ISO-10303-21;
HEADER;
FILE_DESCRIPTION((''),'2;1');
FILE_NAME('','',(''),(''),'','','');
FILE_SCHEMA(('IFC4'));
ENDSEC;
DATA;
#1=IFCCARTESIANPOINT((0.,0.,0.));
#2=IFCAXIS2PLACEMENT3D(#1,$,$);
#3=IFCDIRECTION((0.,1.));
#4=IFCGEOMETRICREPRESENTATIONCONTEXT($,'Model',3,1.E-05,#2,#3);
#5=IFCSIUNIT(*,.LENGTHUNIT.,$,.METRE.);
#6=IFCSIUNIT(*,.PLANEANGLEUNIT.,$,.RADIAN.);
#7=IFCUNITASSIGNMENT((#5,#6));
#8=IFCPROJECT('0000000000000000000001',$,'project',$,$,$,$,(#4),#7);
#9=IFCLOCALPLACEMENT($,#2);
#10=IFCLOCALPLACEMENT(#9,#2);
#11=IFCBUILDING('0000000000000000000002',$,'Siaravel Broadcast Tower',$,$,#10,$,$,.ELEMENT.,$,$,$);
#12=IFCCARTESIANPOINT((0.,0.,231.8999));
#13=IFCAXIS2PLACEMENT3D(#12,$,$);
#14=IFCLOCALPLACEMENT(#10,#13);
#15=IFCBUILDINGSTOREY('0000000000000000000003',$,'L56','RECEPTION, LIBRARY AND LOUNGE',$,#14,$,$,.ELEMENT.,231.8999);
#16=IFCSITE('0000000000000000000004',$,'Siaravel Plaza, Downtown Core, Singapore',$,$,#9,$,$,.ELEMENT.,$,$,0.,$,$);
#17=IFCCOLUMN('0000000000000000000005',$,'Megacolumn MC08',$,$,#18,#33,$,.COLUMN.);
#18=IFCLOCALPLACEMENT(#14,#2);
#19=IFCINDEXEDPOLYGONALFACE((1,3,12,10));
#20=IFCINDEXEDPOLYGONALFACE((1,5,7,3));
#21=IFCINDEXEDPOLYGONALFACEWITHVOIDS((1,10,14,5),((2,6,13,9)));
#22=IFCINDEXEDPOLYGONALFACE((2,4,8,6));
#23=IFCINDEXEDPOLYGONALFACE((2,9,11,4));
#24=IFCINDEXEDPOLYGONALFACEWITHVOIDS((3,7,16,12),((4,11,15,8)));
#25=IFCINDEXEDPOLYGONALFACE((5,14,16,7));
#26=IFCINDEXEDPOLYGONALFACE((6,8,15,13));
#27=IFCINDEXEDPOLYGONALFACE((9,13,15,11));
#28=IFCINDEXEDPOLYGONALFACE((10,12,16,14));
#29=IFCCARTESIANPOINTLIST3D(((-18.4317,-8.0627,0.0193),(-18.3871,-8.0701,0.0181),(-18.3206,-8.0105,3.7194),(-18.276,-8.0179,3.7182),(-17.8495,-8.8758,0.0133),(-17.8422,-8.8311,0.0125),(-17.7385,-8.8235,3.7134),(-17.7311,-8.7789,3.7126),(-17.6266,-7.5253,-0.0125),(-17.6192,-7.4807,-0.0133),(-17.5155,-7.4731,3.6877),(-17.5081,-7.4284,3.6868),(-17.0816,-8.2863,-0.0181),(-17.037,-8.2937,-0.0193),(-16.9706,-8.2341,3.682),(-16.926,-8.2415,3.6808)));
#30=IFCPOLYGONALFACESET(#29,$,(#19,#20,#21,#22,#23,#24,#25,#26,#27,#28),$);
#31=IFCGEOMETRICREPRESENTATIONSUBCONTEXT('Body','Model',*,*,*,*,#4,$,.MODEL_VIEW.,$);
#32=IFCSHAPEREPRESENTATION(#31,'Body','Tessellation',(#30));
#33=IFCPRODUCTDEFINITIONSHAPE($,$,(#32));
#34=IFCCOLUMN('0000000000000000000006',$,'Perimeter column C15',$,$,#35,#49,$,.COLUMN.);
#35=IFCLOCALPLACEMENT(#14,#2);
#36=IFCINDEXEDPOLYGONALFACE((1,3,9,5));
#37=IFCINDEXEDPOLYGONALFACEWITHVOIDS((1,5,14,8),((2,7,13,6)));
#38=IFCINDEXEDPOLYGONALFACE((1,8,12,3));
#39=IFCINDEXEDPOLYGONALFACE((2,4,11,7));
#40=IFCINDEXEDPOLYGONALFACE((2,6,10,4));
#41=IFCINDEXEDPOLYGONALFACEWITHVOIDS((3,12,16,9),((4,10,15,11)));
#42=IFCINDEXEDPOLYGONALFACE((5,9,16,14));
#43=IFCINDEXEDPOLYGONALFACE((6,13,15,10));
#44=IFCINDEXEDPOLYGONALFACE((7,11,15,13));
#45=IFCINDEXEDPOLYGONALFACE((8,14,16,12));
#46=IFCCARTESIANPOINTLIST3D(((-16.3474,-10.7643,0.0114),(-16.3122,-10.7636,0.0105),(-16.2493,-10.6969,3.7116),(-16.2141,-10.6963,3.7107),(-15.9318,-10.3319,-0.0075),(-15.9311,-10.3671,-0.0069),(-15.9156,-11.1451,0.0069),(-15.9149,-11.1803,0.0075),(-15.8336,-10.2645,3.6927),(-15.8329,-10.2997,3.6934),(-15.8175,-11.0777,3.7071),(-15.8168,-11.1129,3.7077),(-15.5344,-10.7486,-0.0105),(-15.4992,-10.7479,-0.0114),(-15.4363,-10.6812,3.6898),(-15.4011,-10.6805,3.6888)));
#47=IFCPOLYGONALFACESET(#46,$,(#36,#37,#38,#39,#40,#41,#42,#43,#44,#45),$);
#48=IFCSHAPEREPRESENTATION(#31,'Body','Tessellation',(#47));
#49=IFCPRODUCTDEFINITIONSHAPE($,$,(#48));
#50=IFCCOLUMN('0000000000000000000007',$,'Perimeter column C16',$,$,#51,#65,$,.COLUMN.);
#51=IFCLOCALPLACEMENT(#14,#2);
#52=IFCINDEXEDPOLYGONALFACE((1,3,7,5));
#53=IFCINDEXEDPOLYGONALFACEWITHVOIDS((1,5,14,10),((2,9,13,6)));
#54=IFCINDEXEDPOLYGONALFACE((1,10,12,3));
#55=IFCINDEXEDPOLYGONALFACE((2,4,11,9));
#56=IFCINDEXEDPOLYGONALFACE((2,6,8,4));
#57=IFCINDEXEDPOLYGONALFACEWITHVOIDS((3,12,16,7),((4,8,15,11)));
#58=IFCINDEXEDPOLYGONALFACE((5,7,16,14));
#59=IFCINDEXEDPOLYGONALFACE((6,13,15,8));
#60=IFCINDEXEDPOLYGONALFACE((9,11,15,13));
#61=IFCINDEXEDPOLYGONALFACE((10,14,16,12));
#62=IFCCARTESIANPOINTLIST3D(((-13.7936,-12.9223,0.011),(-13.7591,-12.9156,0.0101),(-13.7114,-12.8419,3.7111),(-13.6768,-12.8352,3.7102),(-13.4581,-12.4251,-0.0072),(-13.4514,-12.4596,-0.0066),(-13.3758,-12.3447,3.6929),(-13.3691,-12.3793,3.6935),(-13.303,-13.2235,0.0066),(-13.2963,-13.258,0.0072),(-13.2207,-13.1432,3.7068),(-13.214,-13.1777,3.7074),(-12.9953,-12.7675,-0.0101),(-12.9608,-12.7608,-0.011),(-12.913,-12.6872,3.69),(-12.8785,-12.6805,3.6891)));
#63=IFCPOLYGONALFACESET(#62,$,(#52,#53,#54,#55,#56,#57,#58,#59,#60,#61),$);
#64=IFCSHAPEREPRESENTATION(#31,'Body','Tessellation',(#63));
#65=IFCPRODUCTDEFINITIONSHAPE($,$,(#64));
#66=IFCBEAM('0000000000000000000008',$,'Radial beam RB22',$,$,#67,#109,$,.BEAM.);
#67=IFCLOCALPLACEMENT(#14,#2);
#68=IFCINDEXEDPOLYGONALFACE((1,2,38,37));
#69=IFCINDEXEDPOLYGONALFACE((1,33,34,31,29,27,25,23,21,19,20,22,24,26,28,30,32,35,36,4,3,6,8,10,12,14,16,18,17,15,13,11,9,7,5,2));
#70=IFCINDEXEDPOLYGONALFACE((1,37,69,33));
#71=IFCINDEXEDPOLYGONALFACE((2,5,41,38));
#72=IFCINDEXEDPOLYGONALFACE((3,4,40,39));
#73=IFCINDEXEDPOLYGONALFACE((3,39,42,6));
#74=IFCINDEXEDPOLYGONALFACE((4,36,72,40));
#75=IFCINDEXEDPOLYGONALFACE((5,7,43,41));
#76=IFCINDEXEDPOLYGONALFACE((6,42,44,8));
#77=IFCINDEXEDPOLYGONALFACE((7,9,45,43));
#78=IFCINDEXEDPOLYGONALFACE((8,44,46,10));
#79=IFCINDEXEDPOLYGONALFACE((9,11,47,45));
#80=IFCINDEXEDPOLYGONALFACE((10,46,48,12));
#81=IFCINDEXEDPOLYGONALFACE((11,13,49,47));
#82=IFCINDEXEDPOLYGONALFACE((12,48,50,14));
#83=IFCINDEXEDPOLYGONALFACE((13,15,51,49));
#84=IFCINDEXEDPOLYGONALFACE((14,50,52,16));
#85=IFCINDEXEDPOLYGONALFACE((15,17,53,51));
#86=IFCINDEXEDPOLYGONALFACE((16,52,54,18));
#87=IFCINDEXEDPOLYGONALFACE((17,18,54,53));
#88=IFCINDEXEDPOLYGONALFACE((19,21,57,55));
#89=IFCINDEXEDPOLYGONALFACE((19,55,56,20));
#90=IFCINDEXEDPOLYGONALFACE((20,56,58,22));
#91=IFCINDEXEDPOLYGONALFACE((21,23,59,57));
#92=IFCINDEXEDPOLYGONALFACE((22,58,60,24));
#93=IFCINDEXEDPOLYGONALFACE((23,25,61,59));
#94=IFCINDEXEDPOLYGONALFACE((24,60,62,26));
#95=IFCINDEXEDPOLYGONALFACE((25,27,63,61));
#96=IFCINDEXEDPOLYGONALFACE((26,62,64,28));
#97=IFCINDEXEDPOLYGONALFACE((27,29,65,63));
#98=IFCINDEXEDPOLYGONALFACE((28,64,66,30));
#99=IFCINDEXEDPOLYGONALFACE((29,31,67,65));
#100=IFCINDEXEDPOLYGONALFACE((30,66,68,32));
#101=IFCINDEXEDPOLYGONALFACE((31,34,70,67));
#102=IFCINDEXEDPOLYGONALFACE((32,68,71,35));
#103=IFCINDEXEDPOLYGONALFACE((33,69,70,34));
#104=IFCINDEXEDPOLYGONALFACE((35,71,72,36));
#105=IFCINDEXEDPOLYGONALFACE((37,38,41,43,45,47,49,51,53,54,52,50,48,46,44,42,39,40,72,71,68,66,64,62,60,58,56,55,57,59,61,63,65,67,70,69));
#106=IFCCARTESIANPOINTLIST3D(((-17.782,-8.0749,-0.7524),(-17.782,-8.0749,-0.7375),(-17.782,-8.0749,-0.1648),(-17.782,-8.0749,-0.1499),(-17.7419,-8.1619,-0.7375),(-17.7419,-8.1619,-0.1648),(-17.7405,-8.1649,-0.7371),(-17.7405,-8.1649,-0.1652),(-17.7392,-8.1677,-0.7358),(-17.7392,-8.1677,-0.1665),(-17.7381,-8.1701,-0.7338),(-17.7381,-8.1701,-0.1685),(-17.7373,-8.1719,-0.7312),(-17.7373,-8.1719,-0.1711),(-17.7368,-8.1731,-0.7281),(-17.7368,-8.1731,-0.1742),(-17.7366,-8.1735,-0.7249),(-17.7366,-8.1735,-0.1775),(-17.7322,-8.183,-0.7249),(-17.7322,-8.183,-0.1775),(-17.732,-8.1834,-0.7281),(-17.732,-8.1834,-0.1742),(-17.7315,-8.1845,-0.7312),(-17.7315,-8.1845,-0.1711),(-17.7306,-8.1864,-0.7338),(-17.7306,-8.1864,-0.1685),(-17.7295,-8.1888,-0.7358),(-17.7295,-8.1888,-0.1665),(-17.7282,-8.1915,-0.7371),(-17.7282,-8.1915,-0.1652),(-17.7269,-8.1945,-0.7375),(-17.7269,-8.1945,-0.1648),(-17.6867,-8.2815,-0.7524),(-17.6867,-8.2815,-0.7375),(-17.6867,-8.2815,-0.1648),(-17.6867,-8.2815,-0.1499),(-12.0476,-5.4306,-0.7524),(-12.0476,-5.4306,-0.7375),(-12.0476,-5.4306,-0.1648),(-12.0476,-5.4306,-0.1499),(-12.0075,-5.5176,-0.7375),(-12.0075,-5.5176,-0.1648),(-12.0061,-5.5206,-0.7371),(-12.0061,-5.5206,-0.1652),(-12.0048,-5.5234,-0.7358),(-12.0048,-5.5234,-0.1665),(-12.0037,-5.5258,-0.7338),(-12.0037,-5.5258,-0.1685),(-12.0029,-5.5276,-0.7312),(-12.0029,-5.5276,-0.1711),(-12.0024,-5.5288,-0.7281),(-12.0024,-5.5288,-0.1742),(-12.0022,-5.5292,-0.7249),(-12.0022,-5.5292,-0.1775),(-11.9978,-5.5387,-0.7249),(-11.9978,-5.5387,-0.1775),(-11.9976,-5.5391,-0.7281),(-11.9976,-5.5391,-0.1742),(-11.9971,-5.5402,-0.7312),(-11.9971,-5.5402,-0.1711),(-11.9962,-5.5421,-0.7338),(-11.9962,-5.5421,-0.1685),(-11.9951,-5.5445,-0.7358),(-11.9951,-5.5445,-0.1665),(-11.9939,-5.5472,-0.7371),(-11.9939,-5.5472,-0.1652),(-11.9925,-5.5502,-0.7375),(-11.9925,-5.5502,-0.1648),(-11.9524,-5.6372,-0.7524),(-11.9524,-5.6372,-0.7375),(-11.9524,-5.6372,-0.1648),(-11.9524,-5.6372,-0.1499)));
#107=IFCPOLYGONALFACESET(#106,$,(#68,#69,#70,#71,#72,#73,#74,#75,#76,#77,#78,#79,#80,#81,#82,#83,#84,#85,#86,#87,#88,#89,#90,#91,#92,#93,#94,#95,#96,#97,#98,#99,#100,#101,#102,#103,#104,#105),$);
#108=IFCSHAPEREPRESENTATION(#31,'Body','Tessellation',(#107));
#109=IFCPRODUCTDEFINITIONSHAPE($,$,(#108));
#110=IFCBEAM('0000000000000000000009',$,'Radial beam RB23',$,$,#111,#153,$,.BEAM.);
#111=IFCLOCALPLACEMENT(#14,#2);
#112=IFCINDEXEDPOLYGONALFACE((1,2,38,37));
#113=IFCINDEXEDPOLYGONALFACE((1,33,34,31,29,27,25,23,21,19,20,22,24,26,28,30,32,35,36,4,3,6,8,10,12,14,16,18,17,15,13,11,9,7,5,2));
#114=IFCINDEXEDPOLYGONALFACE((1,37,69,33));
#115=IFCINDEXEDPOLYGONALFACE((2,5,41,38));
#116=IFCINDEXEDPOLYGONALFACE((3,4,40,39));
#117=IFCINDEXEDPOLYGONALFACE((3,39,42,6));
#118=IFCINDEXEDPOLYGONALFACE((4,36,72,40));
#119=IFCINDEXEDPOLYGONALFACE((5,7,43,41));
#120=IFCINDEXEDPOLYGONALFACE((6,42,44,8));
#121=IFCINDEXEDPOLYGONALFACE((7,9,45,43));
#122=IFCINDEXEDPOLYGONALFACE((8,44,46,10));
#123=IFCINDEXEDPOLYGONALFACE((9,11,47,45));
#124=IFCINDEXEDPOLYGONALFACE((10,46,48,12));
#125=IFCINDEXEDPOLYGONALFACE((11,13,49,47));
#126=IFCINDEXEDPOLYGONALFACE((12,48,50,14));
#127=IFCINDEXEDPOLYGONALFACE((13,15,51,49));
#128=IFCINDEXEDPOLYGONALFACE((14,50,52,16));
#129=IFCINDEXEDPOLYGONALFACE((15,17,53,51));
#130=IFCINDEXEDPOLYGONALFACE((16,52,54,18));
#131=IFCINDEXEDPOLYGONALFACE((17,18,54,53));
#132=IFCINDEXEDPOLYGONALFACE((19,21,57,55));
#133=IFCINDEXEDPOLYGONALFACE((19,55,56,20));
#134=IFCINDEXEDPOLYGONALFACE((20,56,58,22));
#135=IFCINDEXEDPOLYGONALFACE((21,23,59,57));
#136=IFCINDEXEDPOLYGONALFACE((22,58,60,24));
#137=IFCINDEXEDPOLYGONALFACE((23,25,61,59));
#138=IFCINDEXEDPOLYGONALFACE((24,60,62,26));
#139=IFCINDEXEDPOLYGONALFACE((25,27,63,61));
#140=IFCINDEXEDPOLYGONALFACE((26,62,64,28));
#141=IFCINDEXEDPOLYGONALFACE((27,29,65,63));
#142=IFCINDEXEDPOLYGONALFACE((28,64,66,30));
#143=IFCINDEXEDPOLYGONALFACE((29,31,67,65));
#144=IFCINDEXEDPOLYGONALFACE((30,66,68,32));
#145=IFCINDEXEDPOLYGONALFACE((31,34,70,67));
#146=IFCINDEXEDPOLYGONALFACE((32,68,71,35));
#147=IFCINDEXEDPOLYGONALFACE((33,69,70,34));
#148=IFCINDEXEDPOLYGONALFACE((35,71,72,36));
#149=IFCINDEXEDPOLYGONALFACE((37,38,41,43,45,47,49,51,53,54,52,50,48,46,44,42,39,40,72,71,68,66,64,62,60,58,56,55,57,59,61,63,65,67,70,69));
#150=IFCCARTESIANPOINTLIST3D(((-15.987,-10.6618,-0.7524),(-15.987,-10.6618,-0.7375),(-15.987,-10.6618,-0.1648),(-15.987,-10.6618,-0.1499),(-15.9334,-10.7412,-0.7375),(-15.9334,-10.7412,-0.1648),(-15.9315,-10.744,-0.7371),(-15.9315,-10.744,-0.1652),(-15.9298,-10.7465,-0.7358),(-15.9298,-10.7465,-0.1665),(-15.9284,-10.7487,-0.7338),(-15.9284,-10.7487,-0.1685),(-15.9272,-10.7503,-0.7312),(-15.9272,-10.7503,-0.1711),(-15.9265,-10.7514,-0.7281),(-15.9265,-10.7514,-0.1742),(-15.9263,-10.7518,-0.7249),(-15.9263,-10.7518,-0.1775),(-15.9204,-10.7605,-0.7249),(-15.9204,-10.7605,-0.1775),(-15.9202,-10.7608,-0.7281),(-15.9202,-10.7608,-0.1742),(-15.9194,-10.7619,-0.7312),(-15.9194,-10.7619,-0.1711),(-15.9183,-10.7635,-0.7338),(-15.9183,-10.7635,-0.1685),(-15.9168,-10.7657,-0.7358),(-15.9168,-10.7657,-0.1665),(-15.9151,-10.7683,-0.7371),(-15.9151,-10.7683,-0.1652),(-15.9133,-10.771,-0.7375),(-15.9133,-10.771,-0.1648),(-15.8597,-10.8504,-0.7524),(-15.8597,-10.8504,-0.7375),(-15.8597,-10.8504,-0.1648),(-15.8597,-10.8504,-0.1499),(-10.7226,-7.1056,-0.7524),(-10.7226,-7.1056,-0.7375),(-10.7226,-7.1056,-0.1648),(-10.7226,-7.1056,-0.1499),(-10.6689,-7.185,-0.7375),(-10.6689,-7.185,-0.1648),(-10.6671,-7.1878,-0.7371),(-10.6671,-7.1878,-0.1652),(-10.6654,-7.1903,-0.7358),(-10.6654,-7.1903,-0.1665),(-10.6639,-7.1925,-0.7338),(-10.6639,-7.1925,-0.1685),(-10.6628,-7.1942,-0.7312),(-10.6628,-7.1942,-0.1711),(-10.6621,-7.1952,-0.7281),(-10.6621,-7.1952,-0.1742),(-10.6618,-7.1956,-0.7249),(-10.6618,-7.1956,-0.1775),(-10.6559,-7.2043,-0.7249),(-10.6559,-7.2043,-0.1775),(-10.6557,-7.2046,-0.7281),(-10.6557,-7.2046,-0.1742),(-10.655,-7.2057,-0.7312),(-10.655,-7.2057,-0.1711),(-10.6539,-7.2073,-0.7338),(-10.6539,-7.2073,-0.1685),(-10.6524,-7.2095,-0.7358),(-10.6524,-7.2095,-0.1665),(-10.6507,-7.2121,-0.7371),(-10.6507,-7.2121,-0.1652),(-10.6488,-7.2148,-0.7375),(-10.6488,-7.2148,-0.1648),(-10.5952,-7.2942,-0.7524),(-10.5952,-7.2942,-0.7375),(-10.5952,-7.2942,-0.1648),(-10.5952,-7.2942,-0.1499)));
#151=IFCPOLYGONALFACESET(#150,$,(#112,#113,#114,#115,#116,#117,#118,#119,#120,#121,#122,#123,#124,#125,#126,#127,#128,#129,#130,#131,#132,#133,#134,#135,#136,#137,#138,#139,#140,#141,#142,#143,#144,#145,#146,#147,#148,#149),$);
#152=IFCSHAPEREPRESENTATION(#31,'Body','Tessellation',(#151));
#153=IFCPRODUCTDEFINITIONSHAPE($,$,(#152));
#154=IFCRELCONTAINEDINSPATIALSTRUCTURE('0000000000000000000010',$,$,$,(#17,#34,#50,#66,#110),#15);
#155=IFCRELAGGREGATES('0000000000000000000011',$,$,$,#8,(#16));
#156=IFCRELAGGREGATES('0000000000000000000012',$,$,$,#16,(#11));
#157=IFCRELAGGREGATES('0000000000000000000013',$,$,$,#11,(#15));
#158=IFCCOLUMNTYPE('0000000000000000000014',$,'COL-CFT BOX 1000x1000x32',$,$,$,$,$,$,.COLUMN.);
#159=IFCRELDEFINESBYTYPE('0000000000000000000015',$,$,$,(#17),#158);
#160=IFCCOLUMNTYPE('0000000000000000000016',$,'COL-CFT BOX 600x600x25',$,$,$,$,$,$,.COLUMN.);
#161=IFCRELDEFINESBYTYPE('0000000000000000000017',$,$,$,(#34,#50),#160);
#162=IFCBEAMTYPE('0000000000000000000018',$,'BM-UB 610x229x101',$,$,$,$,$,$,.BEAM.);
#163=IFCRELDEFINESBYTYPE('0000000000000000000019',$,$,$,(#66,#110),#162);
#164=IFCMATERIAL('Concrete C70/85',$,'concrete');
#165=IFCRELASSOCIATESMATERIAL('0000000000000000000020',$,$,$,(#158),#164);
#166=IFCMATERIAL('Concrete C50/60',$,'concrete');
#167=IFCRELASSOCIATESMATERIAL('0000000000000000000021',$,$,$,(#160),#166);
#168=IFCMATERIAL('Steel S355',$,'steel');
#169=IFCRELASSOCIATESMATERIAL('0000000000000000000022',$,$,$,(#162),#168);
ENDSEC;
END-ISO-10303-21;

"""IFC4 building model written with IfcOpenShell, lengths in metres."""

from ifc_helpers import new_model, si_unit, direction, frame, origin, origin_2d, place, context, subcontext, project, spatial, hollow_rectangle, i_section, extrude, material, material_profile, profile_set, type_object, element, save


model = new_model("IFC4")

# Units and contexts
model_context = context("Model", 3, precision=1e-05, world=origin(), true_north=direction((0.0, 1.0)))
body_context = subcontext(model_context, "Body", "Model", "MODEL_VIEW")
ifc_project = project(units=[si_unit("LENGTHUNIT", "METRE"), si_unit("PLANEANGLEUNIT", "RADIAN")], contexts=[model_context])

# Site, building, storey
site_placement = place(None, origin())
site = spatial("IfcSite", under=ifc_project, at=site_placement, Name="Siaravel Plaza, Downtown Core, Singapore", CompositionType="ELEMENT", RefElevation=0.0)
building_placement = place(site_placement, origin())
building = spatial("IfcBuilding", under=site, at=building_placement, Name="Siaravel Broadcast Tower", CompositionType="ELEMENT")
storey_placement = place(building_placement, frame((0.0, 0.0, 231.8999)))
storey = spatial("IfcBuildingStorey", under=building, at=storey_placement, Name="L56", Description="RECEPTION, LIBRARY AND LOUNGE", CompositionType="ELEMENT", Elevation=231.8999)

# Columns
ifc_material_1 = material(Name="Concrete C70/85", Category="concrete")
ifc_material_profile_1 = material_profile(ifc_material_1, hollow_rectangle(XDim=1.0, YDim=1.0, WallThickness=0.032, at=origin_2d()))
ifc_profile_set_1 = profile_set([ifc_material_profile_1], Name="Concrete C70/85")
column_type_1 = type_object("IfcColumnType", Name="COL-CFT BOX 1000x1000x32", PredefinedType="COLUMN", material=ifc_profile_set_1)
column_1_placement = place(storey_placement, frame((-17.7344, -8.1782, 0.0), z_axis=(0.030005, 0.014112, 0.99945), x_axis=(-0.582175, 0.813042, 0.005998)))
element("IfcColumn", 1, at=column_1_placement, inside=storey, type_object=column_type_1, Name="Megacolumn MC08", PredefinedType="COLUMN", context=body_context, shape_type="SweptSolid", body=[
    extrude(hollow_rectangle(XDim=1.0, YDim=1.0, WallThickness=0.032, at=origin_2d()), origin(), (0.0, 0.0, 1.0), 3.7021),
])
ifc_material_2 = material(Name="Concrete C50/60", Category="concrete")
ifc_material_profile_2 = material_profile(ifc_material_2, hollow_rectangle(XDim=0.6001, YDim=0.6001, WallThickness=0.0249, at=origin_2d()))
ifc_profile_set_2 = profile_set([ifc_material_profile_2], Name="Concrete C50/60")
column_type_2 = type_object("IfcColumnType", Name="COL-CFT BOX 600x600x25", PredefinedType="COLUMN", material=ifc_profile_set_2)
column_2_placement = place(storey_placement, frame((-15.9233, -10.7561, 0.0), z_axis=(0.02651, 0.018201, 0.999483), x_axis=(-0.720758, 0.693156, 0.006495)))
element("IfcColumn", 2, at=column_2_placement, inside=storey, type_object=column_type_2, Name="Perimeter column C15", PredefinedType="COLUMN", context=body_context, shape_type="SweptSolid", body=[
    extrude(hollow_rectangle(XDim=0.6001, YDim=0.6001, WallThickness=0.0249, at=origin_2d()), origin(), (0.0, 0.0, 1.0), 3.7021),
])
column_3_placement = place(storey_placement, frame((-13.3772, -12.8416, 0.0), z_axis=(0.022225, 0.021697, 0.999518), x_axis=(-0.82878, 0.559539, 0.006282)))
element("IfcColumn", 3, at=column_3_placement, inside=storey, type_object=column_type_2, Name="Perimeter column C16", PredefinedType="COLUMN", context=body_context, shape_type="SweptSolid", body=[
    extrude(hollow_rectangle(XDim=0.6001, YDim=0.6001, WallThickness=0.0249, at=origin_2d()), origin(), (0.0, 0.0, 1.0), 3.7019),
])

# Beams
ifc_material_3 = material(Name="Steel S355", Category="steel")
ifc_material_profile_3 = material_profile(ifc_material_3, i_section(OverallWidth=0.2275, OverallDepth=0.6025, WebThickness=0.0105, FlangeThickness=0.0149, FilletRadius=0.0127, at=origin_2d()))
ifc_profile_set_3 = profile_set([ifc_material_profile_3], Name="Steel S355")
beam_type = type_object("IfcBeamType", Name="BM-UB 610x229x101", PredefinedType="BEAM", material=ifc_profile_set_3)
beam_1_placement = place(storey_placement, frame((-17.7344, -8.1782, -0.4512), z_axis=(0.908101, 0.418752, 0.0), x_axis=(-0.418752, 0.908101, 0.0)))
element("IfcBeam", 4, at=beam_1_placement, inside=storey, type_object=beam_type, Name="Radial beam RB22", PredefinedType="BEAM", context=body_context, shape_type="SweptSolid", body=[
    extrude(i_section(OverallWidth=0.2275, OverallDepth=0.6025, WebThickness=0.0105, FlangeThickness=0.0149, FilletRadius=0.0127, at=origin_2d()), origin(), (0.0, 0.0, 1.0), 6.3147),
])
beam_2_placement = place(storey_placement, frame((-15.9233, -10.7561, -0.4512), z_axis=(0.828653, 0.559763, 0.0), x_axis=(-0.559763, 0.828653, 0.0)))
element("IfcBeam", 5, at=beam_2_placement, inside=storey, type_object=beam_type, Name="Radial beam RB23", PredefinedType="BEAM", context=body_context, shape_type="SweptSolid", body=[
    extrude(i_section(OverallWidth=0.2275, OverallDepth=0.6025, WebThickness=0.0105, FlangeThickness=0.0149, FilletRadius=0.0127, at=origin_2d()), origin(), (0.0, 0.0, 1.0), 6.353),
])

save(model, "model.ifc")
